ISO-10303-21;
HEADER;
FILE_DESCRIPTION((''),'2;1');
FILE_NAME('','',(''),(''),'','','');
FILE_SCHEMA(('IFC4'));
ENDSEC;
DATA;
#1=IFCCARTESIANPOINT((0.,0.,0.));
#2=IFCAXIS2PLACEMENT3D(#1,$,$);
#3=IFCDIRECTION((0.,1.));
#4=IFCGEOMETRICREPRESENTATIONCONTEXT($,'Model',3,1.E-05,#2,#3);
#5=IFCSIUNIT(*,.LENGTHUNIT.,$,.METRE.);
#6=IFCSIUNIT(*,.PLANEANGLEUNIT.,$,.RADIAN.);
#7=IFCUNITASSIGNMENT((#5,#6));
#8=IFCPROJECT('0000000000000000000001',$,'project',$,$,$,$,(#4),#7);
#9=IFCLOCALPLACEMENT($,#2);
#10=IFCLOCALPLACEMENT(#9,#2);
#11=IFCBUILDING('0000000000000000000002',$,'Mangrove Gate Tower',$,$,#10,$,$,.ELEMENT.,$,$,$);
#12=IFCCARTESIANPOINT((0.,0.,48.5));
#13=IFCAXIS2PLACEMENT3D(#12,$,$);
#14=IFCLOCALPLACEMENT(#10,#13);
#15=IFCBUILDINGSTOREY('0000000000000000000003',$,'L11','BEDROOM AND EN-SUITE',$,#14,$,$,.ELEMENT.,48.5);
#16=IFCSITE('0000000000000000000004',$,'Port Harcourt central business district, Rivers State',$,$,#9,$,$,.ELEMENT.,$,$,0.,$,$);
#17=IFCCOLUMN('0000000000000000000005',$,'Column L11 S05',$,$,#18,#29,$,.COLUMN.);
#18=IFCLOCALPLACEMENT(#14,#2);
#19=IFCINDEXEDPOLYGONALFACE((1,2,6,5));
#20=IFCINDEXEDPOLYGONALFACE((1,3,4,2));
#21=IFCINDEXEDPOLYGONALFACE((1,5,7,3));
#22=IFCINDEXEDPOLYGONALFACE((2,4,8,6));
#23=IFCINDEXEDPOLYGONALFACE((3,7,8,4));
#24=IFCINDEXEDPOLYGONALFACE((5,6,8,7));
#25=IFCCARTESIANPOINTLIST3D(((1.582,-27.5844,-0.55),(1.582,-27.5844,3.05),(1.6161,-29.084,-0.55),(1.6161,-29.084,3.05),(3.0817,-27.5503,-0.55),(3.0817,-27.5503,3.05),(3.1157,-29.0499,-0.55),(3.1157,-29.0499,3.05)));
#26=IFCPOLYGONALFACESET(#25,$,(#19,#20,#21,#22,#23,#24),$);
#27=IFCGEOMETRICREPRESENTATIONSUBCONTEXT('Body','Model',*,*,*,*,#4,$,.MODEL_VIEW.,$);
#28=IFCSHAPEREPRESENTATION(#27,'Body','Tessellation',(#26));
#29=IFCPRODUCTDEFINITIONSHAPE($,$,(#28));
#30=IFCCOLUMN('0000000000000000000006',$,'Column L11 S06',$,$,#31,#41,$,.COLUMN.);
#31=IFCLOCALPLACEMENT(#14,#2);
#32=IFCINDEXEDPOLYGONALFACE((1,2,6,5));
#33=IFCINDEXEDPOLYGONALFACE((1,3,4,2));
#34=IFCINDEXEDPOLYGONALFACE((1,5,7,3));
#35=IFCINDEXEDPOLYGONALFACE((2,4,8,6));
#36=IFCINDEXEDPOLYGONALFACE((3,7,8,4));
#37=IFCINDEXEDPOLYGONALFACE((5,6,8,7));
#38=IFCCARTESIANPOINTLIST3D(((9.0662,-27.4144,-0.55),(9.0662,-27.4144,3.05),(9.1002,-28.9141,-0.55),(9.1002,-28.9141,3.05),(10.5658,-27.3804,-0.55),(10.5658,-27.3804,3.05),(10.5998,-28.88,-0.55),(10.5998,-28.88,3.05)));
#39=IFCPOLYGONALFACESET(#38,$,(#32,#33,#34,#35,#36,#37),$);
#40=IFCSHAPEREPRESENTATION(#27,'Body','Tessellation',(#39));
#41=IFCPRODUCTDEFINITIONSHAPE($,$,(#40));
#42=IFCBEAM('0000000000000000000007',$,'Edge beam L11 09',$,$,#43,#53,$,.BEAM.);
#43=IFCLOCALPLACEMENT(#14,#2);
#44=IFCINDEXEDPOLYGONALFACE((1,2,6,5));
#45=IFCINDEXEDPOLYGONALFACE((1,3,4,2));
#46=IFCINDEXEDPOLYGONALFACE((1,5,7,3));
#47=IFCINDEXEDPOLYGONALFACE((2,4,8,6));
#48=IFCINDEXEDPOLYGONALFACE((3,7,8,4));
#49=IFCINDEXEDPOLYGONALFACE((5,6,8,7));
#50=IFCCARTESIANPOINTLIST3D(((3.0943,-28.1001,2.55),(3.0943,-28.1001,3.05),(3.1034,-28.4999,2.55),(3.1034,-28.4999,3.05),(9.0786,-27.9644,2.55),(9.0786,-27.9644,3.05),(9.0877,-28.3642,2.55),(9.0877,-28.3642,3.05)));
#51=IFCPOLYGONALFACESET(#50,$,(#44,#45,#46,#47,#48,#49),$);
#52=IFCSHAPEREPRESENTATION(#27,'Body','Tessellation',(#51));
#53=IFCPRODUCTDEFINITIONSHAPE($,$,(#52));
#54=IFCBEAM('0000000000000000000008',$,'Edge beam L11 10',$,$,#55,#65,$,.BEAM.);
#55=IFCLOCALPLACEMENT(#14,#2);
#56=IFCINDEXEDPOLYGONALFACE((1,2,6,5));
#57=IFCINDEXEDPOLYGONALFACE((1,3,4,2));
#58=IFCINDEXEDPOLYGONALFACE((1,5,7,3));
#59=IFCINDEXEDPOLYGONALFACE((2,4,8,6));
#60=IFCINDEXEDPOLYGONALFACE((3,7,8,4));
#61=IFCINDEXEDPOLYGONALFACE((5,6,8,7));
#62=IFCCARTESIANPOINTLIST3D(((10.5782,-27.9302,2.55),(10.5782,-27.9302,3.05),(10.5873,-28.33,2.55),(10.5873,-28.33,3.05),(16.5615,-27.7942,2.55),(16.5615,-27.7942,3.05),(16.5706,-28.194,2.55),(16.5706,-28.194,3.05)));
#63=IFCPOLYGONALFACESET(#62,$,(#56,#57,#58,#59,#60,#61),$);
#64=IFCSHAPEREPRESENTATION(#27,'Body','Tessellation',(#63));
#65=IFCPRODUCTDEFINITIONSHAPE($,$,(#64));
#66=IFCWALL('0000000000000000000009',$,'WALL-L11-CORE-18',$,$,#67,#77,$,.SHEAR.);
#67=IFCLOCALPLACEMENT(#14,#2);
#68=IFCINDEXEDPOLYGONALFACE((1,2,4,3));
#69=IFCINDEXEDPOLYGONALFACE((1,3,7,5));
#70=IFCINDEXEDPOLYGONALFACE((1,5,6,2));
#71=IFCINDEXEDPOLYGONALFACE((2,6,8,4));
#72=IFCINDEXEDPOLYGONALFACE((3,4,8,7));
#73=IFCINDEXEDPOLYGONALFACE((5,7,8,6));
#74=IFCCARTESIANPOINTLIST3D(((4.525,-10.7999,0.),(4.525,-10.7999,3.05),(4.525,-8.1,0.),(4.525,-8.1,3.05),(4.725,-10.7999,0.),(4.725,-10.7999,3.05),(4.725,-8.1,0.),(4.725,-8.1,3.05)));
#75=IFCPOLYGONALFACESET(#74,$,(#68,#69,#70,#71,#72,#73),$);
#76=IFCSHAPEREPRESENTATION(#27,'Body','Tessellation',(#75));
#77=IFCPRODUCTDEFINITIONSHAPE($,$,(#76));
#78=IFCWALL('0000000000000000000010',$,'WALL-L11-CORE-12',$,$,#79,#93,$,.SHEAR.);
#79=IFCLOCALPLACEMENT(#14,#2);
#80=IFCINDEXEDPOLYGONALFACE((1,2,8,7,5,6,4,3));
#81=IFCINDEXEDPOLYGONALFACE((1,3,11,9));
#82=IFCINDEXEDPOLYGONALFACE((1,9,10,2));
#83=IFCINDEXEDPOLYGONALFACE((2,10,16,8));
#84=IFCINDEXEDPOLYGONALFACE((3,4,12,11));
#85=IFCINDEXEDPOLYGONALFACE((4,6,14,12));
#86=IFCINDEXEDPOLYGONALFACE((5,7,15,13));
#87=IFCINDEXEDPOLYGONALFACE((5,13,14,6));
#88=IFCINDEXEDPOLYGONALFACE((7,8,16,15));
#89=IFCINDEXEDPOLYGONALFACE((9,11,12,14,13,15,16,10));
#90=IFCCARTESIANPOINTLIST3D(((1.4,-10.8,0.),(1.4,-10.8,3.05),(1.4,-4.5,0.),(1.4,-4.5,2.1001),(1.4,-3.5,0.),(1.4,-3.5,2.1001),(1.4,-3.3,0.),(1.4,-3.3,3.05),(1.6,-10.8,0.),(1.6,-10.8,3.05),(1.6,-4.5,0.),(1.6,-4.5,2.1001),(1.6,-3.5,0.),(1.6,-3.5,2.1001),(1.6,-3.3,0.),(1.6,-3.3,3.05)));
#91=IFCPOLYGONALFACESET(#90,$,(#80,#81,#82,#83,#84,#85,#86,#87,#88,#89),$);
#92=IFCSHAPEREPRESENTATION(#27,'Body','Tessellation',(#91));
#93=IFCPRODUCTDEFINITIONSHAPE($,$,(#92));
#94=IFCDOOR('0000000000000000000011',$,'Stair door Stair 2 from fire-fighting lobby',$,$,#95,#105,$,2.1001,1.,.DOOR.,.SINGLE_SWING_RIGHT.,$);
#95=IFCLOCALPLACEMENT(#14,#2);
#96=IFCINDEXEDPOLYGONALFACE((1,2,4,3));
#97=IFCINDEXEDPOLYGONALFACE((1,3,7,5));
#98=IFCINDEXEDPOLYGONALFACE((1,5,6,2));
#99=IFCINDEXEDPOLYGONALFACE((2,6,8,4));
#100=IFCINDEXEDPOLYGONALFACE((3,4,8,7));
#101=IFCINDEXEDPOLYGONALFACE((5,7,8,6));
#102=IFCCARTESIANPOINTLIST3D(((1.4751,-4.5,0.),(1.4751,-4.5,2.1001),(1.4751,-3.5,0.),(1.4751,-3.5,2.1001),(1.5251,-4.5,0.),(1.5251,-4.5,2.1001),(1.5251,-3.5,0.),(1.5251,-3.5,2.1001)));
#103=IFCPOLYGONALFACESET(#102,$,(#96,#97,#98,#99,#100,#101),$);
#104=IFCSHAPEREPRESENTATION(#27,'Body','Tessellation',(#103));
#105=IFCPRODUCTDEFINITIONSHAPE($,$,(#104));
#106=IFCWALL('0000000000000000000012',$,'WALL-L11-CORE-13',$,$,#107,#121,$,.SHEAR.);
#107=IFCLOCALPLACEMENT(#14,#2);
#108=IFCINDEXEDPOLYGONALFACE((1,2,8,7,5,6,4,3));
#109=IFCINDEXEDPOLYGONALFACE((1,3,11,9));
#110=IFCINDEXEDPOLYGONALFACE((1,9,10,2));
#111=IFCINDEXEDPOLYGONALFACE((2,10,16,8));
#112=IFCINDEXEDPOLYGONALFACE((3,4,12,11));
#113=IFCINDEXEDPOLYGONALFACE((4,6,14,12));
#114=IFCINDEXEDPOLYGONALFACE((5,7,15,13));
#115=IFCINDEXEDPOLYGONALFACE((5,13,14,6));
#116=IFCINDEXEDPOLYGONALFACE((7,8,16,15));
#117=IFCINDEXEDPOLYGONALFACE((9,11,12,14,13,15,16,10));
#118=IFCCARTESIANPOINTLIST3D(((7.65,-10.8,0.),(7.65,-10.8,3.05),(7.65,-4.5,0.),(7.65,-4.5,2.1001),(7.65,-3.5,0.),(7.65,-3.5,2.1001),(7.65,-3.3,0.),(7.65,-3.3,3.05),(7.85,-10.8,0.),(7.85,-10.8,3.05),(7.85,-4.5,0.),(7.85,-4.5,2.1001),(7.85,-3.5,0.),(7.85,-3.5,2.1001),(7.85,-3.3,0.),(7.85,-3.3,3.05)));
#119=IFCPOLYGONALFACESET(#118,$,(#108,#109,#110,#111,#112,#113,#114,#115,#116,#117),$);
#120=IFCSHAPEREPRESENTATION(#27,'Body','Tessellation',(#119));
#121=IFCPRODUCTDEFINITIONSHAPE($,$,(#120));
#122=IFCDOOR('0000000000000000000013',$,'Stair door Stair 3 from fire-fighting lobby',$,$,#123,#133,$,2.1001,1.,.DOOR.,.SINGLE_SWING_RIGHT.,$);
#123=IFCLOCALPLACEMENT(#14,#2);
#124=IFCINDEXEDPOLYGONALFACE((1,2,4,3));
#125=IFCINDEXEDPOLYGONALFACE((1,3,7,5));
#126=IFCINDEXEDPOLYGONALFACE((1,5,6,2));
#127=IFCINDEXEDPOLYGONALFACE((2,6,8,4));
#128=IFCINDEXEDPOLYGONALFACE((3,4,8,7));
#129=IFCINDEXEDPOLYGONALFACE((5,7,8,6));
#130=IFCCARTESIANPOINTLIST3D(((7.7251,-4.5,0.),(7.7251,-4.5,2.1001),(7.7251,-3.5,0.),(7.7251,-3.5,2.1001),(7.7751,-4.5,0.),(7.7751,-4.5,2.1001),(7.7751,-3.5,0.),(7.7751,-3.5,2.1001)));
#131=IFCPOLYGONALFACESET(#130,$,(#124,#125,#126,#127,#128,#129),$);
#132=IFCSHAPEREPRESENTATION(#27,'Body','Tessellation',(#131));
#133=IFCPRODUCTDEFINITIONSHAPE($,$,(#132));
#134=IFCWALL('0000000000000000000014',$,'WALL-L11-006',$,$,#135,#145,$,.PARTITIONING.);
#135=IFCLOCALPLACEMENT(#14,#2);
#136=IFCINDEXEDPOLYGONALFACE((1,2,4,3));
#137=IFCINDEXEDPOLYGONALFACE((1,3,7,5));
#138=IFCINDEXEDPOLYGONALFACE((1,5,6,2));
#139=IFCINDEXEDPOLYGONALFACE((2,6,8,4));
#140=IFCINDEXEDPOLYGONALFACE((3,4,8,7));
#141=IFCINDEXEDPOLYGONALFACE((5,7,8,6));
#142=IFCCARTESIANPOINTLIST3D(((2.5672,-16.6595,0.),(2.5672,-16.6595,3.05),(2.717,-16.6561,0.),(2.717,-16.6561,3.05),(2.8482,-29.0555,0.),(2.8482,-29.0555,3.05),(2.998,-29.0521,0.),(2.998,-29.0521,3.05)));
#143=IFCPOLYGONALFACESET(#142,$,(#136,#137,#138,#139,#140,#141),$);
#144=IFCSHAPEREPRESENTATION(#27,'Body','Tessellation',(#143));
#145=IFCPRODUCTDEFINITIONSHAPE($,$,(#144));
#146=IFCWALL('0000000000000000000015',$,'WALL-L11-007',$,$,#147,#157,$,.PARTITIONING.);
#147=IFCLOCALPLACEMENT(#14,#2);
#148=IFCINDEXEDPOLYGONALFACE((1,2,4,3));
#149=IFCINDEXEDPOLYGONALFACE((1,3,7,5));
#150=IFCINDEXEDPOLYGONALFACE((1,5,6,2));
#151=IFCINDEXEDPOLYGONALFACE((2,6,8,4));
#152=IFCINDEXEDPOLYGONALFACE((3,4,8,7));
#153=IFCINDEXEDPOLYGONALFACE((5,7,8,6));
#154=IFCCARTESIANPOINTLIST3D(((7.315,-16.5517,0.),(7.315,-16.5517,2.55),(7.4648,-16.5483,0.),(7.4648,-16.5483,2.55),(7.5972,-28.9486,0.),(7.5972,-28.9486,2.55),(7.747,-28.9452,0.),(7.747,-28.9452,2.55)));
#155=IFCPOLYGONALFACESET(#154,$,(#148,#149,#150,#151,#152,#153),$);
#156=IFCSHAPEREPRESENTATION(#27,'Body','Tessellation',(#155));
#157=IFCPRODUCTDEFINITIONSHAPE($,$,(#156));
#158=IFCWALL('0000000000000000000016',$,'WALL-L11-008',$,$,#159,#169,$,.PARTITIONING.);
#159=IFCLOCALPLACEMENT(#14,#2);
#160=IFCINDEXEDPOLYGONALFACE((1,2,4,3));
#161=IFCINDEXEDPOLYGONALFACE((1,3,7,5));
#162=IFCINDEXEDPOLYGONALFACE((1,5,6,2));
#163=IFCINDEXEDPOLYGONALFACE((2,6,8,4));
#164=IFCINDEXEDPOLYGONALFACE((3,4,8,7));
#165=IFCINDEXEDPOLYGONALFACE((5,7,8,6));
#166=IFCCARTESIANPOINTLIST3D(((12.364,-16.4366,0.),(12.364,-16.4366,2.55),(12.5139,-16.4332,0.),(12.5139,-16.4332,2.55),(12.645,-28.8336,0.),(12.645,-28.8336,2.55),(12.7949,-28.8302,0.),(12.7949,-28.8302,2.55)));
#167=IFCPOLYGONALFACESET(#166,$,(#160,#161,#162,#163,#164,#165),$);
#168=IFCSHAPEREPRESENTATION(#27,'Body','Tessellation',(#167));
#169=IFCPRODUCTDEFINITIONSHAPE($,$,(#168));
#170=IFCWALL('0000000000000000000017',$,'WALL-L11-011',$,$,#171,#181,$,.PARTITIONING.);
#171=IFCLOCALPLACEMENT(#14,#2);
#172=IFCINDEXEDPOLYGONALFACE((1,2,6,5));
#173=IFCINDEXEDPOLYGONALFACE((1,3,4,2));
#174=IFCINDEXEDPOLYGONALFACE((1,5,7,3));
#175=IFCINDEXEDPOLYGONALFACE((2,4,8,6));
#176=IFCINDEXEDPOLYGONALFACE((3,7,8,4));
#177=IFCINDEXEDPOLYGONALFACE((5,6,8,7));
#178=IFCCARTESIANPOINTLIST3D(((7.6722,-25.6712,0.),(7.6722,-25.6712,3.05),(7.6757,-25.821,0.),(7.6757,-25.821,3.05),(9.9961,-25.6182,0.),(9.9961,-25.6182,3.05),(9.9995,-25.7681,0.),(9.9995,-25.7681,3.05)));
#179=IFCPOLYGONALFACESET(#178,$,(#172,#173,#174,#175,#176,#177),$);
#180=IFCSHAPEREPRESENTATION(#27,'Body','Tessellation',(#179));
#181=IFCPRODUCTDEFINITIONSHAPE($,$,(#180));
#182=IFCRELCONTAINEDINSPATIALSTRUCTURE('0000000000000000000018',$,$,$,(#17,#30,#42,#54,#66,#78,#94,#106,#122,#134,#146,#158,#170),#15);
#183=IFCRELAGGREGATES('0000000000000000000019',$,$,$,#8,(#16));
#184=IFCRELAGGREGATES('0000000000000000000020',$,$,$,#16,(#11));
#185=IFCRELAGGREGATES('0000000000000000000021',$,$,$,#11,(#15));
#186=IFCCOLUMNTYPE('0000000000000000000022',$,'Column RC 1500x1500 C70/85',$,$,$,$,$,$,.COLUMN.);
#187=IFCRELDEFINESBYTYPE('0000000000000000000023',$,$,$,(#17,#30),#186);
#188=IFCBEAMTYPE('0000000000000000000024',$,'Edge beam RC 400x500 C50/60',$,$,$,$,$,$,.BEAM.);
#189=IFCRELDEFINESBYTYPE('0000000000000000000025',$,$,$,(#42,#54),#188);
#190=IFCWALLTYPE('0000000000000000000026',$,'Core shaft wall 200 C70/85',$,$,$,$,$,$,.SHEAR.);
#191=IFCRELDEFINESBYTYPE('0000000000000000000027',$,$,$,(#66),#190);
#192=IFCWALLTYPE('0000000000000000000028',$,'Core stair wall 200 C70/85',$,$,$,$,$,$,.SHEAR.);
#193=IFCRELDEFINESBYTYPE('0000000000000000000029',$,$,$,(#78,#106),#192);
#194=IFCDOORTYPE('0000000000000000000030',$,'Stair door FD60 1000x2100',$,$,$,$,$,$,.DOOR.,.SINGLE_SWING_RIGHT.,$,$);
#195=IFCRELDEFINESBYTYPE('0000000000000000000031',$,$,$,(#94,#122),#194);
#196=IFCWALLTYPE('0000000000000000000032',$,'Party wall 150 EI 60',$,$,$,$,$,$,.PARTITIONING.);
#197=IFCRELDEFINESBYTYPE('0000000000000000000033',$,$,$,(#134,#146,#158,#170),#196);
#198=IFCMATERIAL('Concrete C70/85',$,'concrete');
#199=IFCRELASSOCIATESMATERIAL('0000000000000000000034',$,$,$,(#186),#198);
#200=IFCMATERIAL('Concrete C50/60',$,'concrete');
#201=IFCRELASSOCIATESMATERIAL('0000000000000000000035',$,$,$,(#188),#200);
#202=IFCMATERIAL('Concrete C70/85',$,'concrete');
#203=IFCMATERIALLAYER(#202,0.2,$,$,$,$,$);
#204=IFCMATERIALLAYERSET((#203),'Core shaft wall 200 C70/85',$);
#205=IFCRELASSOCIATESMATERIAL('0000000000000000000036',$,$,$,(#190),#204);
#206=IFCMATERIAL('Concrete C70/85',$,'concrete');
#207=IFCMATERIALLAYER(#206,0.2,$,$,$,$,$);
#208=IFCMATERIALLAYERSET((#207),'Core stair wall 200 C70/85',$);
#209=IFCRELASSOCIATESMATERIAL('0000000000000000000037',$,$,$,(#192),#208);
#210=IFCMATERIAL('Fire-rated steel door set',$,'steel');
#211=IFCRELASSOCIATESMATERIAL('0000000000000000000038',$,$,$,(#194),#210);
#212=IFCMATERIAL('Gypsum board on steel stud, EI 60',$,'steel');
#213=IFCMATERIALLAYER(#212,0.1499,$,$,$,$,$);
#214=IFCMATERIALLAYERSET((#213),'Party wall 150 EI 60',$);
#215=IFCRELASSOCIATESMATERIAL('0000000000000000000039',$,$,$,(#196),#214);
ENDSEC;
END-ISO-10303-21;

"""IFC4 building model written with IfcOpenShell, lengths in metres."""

from ifc_helpers import new_model, si_unit, direction, frame, frame_2d, origin, origin_2d, place, context, subcontext, project, spatial, rectangle, extrude, material, layer, layer_set, material_profile, profile_set, type_object, element, fill, save


model = new_model("IFC4")

# Units and contexts
model_context = context("Model", 3, precision=1e-05, world=origin(), true_north=direction((0.0, 1.0)))
body_context = subcontext(model_context, "Body", "Model", "MODEL_VIEW")
ifc_project = project(units=[si_unit("LENGTHUNIT", "METRE"), si_unit("PLANEANGLEUNIT", "RADIAN")], contexts=[model_context])

# Site, building, storey
site_placement = place(None, origin())
site = spatial("IfcSite", under=ifc_project, at=site_placement, Name="Port Harcourt central business district, Rivers State", CompositionType="ELEMENT", RefElevation=0.0)
building_placement = place(site_placement, origin())
building = spatial("IfcBuilding", under=site, at=building_placement, Name="Mangrove Gate Tower", CompositionType="ELEMENT")
storey_placement = place(building_placement, frame((0.0, 0.0, 48.5)))
storey = spatial("IfcBuildingStorey", under=building, at=storey_placement, Name="L11", Description="BEDROOM AND EN-SUITE", CompositionType="ELEMENT", Elevation=48.5)

# Columns
ifc_material_1 = material(Name="Concrete C70/85", Category="concrete")
ifc_material_profile_1 = material_profile(ifc_material_1, rectangle(XDim=1.5, YDim=1.5, at=origin_2d()))
ifc_profile_set_1 = profile_set([ifc_material_profile_1], Name="Concrete C70/85")
column_type = type_object("IfcColumnType", Name="Column RC 1500x1500 C70/85", PredefinedType="COLUMN", material=ifc_profile_set_1)
for number, where, z_axis, x_axis, name in (
    (1, (2.3489, -28.3171, -0.55), (0.0, 0.0, 1.0), (0.999742, 0.022709, 0.0), "Column L11 S05"),
    (2, (9.833, -28.1472, -0.55), (0.0, 0.0, 1.0), (0.999742, 0.022711, 0.0), "Column L11 S06"),
):
    element("IfcColumn", number, at=place(storey_placement, frame(where, z_axis=z_axis, x_axis=x_axis)), inside=storey, type_object=column_type, Name=name, PredefinedType="COLUMN", context=body_context, shape_type="SweptSolid", body=[
        extrude(rectangle(XDim=1.5, YDim=1.5, at=origin_2d()), origin(), (0.0, 0.0, 1.0), 3.6001),
    ])

# Beams
ifc_material_2 = material(Name="Concrete C50/60", Category="concrete")
ifc_material_profile_2 = material_profile(ifc_material_2, rectangle(XDim=0.3999, YDim=0.5, at=origin_2d()))
ifc_profile_set_2 = profile_set([ifc_material_profile_2], Name="Concrete C50/60")
beam_type = type_object("IfcBeamType", Name="Edge beam RC 400x500 C50/60", PredefinedType="BEAM", material=ifc_profile_set_2)
beam_1_placement = place(storey_placement, frame((3.0989, -28.3, 2.8), z_axis=(0.999743, 0.022677, 0.0), x_axis=(-0.022677, 0.999743, 0.0)))
element("IfcBeam", 3, at=beam_1_placement, inside=storey, type_object=beam_type, Name="Edge beam L11 09", PredefinedType="BEAM", context=body_context, shape_type="SweptSolid", body=[
    extrude(rectangle(XDim=0.3999, YDim=0.5, at=origin_2d()), origin(), (0.0, 0.0, 1.0), 5.9858),
])
beam_2_placement = place(storey_placement, frame((10.5828, -28.1301, 2.8), z_axis=(0.999742, 0.022721, 0.0), x_axis=(-0.022721, 0.999742, 0.0)))
element("IfcBeam", 4, at=beam_2_placement, inside=storey, type_object=beam_type, Name="Edge beam L11 10", PredefinedType="BEAM", context=body_context, shape_type="SweptSolid", body=[
    extrude(rectangle(XDim=0.3999, YDim=0.5, at=origin_2d()), origin(), (0.0, 0.0, 1.0), 5.9849),
])

# Wall
ifc_material_3 = material(Name="Concrete C70/85", Category="concrete")
ifc_layer_1 = layer(ifc_material_3, 0.2)
ifc_layer_set_1 = layer_set([ifc_layer_1], Name="Core shaft wall 200 C70/85")
wall_type_1 = type_object("IfcWallType", Name="Core shaft wall 200 C70/85", PredefinedType="SHEAR", material=ifc_layer_set_1)
wall_1_placement = place(storey_placement, frame((4.625, -10.8, 0.0), z_axis=(0.0, 0.0, 1.0), x_axis=(0.0, 1.0, 0.0)))
element("IfcWall", 5, at=wall_1_placement, inside=storey, type_object=wall_type_1, Name="WALL-L11-CORE-18", PredefinedType="SHEAR", context=body_context, shape_type="SweptSolid", body=[
    extrude(rectangle(XDim=2.7, YDim=0.2, at=frame_2d((1.3501, 0.0))), origin(), (0.0, 0.0, 1.0), 3.05),
])

# Walls, openings, doors
ifc_material_4 = material(Name="Concrete C70/85", Category="concrete")
ifc_layer_2 = layer(ifc_material_4, 0.2)
ifc_layer_set_2 = layer_set([ifc_layer_2], Name="Core stair wall 200 C70/85")
wall_type_2 = type_object("IfcWallType", Name="Core stair wall 200 C70/85", PredefinedType="SHEAR", material=ifc_layer_set_2)
wall_2_placement = place(storey_placement, frame((1.5, -10.8, 0.0), z_axis=(0.0, 0.0, 1.0), x_axis=(0.0, 1.0, 0.0)))
wall_2 = element("IfcWall", 6, at=wall_2_placement, inside=storey, type_object=wall_type_2, Name="WALL-L11-CORE-12", PredefinedType="SHEAR", context=body_context, shape_type="SweptSolid", body=[
    extrude(rectangle(XDim=7.5, YDim=0.2, at=frame_2d((3.75, 0.0))), origin(), (0.0, 0.0, 1.0), 3.05),
])
opening_1_placement = place(wall_2_placement, frame((6.3, 0.0, 0.0)))
opening_1 = element("IfcOpeningElement", 7, at=opening_1_placement, cuts=wall_2, PredefinedType="OPENING", context=body_context, shape_type="SweptSolid", body=[
    extrude(rectangle(XDim=1.0, YDim=2.1001, at=frame_2d((0.5, 1.05))), frame((0.0, 0.1099, 0.0), z_axis=(0.0, -1.0, 0.0), x_axis=(1.0, 0.0, 0.0)), (0.0, 0.0, 1.0), 0.22),
])
ifc_material_5 = material(Name="Fire-rated steel door set", Category="steel")
door_type_1 = type_object("IfcDoorType", Name="Stair door FD60 1000x2100", OperationType="SINGLE_SWING_RIGHT", PredefinedType="DOOR", material=ifc_material_5)
door_1_placement = place(opening_1_placement, origin())
door_1 = element("IfcDoor", 8, at=door_1_placement, inside=storey, type_object=door_type_1, Name="Stair door Stair 2 from fire-fighting lobby", OperationType="SINGLE_SWING_RIGHT", OverallHeight=2.1001, OverallWidth=1.0, PredefinedType="DOOR", context=body_context, shape_type="SweptSolid", body=[
    extrude(rectangle(XDim=1.0, YDim=2.1001, at=frame_2d((0.5, 1.05))), frame((0.0, 0.0249, 0.0), z_axis=(0.0, -1.0, 0.0), x_axis=(1.0, 0.0, 0.0)), (0.0, 0.0, 1.0), 0.05),
])
fill(opening_1, door_1)
wall_3_placement = place(storey_placement, frame((7.75, -10.8, 0.0), z_axis=(0.0, 0.0, 1.0), x_axis=(0.0, 1.0, 0.0)))
wall_3 = element("IfcWall", 9, at=wall_3_placement, inside=storey, type_object=wall_type_2, Name="WALL-L11-CORE-13", PredefinedType="SHEAR", context=body_context, shape_type="SweptSolid", body=[
    extrude(rectangle(XDim=7.5, YDim=0.2, at=frame_2d((3.75, 0.0))), origin(), (0.0, 0.0, 1.0), 3.05),
])
opening_2_placement = place(wall_3_placement, frame((6.3, 0.0, 0.0)))
opening_2 = element("IfcOpeningElement", 10, at=opening_2_placement, cuts=wall_3, PredefinedType="OPENING", context=body_context, shape_type="SweptSolid", body=[
    extrude(rectangle(XDim=1.0, YDim=2.1001, at=frame_2d((0.5, 1.05))), frame((0.0, 0.1099, 0.0), z_axis=(0.0, -1.0, 0.0), x_axis=(1.0, 0.0, 0.0)), (0.0, 0.0, 1.0), 0.22),
])
door_2_placement = place(opening_2_placement, origin())
door_2 = element("IfcDoor", 11, at=door_2_placement, inside=storey, type_object=door_type_1, Name="Stair door Stair 3 from fire-fighting lobby", OperationType="SINGLE_SWING_RIGHT", OverallHeight=2.1001, OverallWidth=1.0, PredefinedType="DOOR", context=body_context, shape_type="SweptSolid", body=[
    extrude(rectangle(XDim=1.0, YDim=2.1001, at=frame_2d((0.5, 1.05))), frame((0.0, 0.0249, 0.0), z_axis=(0.0, -1.0, 0.0), x_axis=(1.0, 0.0, 0.0)), (0.0, 0.0, 1.0), 0.05),
])
fill(opening_2, door_2)

# Walls
ifc_material_6 = material(Name="Gypsum board on steel stud, EI 60", Category="steel")
ifc_layer_3 = layer(ifc_material_6, 0.1499)
ifc_layer_set_3 = layer_set([ifc_layer_3], Name="Party wall 150 EI 60")
wall_type_3 = type_object("IfcWallType", Name="Party wall 150 EI 60", PredefinedType="PARTITIONING", material=ifc_layer_set_3)
wall_4_placement = place(storey_placement, frame((2.9231, -29.054, 0.0), z_axis=(0.0, 0.0, 1.0), x_axis=(-0.022663, 0.999743, 0.0)))
element("IfcWall", 12, at=wall_4_placement, inside=storey, type_object=wall_type_3, Name="WALL-L11-006", PredefinedType="PARTITIONING", context=body_context, shape_type="SweptSolid", body=[
    extrude(rectangle(XDim=12.3992, YDim=0.1499, at=frame_2d((6.1997, 0.0))), origin(), (0.0, 0.0, 1.0), 3.05),
])
for number, where, z_axis, x_axis, name in (
    (13, (7.6721, -28.947, 0.0), (0.0, 0.0, 1.0), (-0.02276, 0.999741, 0.0), "WALL-L11-007"),
    (14, (12.72, -28.832, 0.0), (0.0, 0.0, 1.0), (-0.022661, 0.999743, 0.0), "WALL-L11-008"),
):
    element("IfcWall", number, at=place(storey_placement, frame(where, z_axis=z_axis, x_axis=x_axis)), inside=storey, type_object=wall_type_3, Name=name, PredefinedType="PARTITIONING", context=body_context, shape_type="SweptSolid", body=[
        extrude(rectangle(XDim=12.4001, YDim=0.1499, at=frame_2d((6.2002, 0.0))), origin(), (0.0, 0.0, 1.0), 2.55),
    ])
wall_5_placement = place(storey_placement, frame((7.6741, -25.7461, 0.0), z_axis=(0.0, 0.0, 1.0), x_axis=(0.99974, 0.022791, 0.0)))
element("IfcWall", 15, at=wall_5_placement, inside=storey, type_object=wall_type_3, Name="WALL-L11-011", PredefinedType="PARTITIONING", context=body_context, shape_type="SweptSolid", body=[
    extrude(rectangle(XDim=2.3245, YDim=0.1499, at=frame_2d((1.1621, 0.0))), origin(), (0.0, 0.0, 1.0), 3.05),
])

save(model, "model.ifc")
